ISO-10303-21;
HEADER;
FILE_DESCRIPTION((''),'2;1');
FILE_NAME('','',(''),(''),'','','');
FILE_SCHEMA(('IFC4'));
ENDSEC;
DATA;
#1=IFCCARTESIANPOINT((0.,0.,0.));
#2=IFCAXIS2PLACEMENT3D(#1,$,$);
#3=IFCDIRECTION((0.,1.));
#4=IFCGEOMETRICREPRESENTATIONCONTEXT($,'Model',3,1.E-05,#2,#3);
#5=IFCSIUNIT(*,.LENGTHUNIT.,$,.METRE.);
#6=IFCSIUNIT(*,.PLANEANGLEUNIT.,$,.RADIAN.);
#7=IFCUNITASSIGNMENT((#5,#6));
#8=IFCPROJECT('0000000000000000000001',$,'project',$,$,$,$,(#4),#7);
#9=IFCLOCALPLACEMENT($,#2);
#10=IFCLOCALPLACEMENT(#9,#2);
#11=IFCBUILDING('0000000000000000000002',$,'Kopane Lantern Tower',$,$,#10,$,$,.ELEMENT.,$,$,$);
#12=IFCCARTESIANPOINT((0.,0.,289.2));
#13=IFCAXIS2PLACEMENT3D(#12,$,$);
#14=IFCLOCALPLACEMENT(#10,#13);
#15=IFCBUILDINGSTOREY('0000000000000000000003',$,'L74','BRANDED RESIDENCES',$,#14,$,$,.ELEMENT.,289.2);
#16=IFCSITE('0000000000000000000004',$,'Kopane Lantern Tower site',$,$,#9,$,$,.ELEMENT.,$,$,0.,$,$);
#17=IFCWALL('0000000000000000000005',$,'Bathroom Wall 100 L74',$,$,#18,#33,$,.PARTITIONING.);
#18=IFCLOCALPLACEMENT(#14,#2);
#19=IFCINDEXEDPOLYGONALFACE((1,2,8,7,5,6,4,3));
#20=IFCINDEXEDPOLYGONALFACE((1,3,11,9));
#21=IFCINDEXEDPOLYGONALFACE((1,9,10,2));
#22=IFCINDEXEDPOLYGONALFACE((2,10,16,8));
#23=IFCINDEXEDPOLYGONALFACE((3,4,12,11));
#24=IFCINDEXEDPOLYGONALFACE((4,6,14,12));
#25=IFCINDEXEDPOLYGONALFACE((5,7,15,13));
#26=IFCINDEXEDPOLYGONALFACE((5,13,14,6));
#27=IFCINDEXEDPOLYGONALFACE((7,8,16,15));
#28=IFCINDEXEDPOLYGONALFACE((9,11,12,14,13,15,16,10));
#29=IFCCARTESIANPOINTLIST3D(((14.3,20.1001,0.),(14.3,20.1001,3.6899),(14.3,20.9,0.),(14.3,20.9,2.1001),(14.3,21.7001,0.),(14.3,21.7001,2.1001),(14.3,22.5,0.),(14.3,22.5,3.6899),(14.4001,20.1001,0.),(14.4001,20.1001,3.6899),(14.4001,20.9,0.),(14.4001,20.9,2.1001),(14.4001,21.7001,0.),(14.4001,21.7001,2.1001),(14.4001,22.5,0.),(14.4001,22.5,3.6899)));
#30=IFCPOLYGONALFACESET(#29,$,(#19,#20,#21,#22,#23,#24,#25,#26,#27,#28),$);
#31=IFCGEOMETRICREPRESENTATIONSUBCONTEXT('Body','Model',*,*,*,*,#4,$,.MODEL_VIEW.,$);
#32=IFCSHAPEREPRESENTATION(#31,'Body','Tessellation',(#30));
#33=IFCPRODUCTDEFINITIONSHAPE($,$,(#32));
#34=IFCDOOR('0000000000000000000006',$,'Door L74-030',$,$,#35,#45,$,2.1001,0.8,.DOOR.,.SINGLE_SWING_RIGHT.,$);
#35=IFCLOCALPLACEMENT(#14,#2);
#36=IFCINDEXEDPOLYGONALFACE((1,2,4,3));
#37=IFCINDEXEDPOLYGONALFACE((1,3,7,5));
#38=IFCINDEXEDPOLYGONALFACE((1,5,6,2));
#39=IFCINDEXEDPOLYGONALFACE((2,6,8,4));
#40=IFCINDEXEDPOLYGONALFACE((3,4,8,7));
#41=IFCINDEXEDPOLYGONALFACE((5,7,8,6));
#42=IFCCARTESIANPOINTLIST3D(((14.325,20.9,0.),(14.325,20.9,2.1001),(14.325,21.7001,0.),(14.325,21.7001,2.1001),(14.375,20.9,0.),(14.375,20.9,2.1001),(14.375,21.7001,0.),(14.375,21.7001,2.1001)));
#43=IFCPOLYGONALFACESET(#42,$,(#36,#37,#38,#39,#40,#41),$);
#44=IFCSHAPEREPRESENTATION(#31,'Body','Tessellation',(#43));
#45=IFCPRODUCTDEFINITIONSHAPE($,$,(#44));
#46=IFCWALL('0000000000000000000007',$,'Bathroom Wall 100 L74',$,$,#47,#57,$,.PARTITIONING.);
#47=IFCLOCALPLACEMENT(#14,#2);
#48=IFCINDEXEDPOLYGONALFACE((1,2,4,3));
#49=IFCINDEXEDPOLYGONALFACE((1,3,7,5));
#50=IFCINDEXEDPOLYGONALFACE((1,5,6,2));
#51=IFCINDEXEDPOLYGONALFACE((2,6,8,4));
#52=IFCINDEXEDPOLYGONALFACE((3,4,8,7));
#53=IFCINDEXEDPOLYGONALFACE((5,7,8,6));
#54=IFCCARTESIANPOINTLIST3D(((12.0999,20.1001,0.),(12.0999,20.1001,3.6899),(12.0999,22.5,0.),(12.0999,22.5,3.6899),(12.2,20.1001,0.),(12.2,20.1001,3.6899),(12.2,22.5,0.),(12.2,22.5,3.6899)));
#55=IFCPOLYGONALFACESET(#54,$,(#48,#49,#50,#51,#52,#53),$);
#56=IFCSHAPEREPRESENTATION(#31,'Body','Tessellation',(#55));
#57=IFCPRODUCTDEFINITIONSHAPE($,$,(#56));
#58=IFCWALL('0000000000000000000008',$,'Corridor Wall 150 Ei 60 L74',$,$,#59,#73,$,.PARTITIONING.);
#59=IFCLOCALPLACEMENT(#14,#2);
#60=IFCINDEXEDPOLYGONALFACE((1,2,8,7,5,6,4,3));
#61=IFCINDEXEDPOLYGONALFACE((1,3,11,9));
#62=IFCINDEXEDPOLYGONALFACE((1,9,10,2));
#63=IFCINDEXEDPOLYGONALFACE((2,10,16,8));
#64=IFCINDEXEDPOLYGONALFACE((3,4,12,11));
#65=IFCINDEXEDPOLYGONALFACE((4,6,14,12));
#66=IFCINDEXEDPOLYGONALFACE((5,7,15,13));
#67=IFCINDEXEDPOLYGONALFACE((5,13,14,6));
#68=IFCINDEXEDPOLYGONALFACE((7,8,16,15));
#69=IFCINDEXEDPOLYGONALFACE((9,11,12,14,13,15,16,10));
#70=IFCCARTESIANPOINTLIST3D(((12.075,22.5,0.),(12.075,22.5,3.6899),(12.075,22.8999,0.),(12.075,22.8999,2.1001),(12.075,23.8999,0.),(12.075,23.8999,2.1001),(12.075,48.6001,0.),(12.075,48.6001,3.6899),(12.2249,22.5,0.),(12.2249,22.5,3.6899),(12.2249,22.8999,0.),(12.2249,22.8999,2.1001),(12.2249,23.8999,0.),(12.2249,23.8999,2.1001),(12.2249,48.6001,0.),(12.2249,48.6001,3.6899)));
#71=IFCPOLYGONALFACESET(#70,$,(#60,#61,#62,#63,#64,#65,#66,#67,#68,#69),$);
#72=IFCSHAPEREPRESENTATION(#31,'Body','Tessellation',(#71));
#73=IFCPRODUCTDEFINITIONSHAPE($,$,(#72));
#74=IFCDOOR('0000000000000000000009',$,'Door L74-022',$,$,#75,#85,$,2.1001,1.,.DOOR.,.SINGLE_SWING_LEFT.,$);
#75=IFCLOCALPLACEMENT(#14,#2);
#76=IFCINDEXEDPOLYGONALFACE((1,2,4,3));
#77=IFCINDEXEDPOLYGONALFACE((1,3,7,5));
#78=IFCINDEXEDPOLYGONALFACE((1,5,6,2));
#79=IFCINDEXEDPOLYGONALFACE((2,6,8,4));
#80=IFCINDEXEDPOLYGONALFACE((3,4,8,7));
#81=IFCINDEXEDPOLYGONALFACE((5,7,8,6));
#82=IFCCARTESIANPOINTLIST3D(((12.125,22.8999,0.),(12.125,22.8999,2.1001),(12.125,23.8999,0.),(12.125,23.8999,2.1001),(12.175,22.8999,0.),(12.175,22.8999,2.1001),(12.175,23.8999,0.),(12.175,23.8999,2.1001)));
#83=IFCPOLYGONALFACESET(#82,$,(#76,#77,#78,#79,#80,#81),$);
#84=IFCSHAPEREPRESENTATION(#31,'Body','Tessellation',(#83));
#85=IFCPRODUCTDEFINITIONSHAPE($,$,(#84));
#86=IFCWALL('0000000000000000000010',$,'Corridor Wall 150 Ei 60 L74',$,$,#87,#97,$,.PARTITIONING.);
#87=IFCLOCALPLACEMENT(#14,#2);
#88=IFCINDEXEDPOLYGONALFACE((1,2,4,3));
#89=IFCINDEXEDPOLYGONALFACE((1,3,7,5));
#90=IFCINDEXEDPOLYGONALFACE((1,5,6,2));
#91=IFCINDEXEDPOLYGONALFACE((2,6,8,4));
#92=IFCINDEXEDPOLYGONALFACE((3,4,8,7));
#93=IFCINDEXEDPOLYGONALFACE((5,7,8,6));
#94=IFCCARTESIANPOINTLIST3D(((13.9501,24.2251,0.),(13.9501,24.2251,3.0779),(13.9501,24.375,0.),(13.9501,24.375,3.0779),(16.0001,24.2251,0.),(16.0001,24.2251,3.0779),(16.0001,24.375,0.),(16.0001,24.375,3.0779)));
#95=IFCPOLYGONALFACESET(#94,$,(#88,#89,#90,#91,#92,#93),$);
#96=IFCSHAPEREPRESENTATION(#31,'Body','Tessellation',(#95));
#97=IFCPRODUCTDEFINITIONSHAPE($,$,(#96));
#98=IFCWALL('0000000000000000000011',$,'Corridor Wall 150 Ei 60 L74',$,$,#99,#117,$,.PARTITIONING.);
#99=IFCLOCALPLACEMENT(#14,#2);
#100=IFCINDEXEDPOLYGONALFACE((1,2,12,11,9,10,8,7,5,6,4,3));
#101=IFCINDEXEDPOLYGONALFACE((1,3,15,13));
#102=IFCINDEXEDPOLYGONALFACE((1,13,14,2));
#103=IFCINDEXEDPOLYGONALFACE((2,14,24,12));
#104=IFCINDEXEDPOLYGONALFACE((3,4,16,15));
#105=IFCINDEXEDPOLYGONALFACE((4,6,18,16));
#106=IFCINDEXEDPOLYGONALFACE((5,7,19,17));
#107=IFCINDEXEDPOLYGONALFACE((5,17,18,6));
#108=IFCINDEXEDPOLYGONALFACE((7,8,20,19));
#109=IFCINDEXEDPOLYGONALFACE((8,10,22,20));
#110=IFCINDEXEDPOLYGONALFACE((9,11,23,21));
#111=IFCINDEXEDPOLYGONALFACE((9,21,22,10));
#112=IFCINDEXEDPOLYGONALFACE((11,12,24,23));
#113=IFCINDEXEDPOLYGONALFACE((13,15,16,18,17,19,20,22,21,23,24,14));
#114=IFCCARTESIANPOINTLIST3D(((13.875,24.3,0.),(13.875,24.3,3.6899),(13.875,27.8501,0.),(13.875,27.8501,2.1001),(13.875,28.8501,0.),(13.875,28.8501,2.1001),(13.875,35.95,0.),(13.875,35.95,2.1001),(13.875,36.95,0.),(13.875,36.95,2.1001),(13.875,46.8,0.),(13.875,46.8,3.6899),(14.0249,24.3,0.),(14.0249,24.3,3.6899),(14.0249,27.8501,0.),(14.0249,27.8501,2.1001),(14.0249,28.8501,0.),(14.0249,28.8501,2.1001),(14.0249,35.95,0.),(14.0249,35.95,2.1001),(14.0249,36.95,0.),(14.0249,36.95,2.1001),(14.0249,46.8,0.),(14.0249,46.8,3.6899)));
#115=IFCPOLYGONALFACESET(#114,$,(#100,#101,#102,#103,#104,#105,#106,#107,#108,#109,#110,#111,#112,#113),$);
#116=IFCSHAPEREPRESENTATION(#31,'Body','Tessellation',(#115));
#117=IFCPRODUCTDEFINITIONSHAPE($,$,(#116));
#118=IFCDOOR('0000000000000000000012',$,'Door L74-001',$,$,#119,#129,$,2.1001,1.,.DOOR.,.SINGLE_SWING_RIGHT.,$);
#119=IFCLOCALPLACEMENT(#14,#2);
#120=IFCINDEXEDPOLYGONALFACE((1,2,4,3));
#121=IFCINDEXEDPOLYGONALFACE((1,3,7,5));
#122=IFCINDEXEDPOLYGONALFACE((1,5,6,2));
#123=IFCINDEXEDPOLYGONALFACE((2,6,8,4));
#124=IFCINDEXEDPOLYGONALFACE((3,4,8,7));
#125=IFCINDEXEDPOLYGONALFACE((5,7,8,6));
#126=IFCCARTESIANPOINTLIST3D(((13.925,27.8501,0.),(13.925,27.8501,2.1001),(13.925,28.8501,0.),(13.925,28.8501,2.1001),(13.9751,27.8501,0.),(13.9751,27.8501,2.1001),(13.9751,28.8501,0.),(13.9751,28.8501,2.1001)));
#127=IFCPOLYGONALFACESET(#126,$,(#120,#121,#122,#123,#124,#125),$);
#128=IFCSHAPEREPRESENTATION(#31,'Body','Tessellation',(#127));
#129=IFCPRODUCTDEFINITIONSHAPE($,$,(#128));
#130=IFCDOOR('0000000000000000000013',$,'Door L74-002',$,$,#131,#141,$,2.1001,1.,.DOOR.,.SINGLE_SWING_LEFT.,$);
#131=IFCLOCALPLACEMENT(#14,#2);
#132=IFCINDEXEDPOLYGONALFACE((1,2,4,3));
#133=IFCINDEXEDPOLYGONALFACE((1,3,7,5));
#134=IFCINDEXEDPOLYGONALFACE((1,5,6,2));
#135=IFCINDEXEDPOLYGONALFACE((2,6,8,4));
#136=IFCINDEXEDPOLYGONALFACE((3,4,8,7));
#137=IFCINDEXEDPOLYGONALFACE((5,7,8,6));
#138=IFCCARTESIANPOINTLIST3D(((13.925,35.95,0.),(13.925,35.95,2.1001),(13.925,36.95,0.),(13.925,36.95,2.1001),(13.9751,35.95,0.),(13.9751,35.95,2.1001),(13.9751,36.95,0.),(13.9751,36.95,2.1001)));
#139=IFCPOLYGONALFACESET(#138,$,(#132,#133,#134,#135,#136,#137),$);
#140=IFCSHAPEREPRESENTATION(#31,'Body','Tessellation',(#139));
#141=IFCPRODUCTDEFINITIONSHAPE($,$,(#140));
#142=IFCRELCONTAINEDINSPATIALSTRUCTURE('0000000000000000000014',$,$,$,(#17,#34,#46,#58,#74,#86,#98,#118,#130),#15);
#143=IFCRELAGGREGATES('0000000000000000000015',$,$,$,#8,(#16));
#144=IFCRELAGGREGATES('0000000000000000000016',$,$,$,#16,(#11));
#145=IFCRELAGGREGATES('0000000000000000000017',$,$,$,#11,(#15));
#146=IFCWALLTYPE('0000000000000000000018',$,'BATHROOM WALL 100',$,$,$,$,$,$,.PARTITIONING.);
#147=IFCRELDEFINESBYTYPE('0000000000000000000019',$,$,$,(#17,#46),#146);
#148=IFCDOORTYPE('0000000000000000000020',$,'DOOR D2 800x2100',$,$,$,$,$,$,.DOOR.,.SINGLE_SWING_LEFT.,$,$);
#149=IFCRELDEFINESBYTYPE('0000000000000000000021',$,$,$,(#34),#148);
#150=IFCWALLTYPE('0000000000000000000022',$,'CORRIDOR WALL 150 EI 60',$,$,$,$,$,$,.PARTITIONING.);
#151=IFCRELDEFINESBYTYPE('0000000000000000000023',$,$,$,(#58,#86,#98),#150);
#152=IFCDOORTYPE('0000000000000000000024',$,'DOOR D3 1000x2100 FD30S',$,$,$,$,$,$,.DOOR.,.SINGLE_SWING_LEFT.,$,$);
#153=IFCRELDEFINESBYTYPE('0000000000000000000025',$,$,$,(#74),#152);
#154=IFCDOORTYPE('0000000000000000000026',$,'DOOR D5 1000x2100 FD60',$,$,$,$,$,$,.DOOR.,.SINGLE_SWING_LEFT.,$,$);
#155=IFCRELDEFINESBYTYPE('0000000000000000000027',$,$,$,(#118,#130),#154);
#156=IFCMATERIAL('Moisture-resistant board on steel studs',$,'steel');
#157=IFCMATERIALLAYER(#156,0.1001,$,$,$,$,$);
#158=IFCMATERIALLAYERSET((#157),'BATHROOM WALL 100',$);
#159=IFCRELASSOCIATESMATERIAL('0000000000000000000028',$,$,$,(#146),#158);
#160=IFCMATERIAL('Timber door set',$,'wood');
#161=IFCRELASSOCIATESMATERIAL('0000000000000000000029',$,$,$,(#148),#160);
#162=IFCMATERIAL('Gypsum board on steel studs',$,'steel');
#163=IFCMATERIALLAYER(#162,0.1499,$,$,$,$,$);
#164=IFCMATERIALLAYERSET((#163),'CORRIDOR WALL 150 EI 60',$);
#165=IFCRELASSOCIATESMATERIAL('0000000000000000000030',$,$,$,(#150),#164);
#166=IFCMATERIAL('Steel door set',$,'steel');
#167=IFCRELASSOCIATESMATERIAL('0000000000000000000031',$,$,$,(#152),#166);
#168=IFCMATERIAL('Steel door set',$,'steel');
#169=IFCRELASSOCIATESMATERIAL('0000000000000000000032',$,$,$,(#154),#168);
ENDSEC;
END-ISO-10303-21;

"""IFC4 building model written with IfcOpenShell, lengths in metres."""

from ifc_helpers import new_model, si_unit, direction, frame, frame_2d, origin, place, context, subcontext, project, spatial, rectangle, extrude, material, layer, layer_set, type_object, element, fill, save


model = new_model("IFC4")

# Units and contexts
model_context = context("Model", 3, precision=1e-05, world=origin(), true_north=direction((0.0, 1.0)))
body_context = subcontext(model_context, "Body", "Model", "MODEL_VIEW")
ifc_project = project(units=[si_unit("LENGTHUNIT", "METRE"), si_unit("PLANEANGLEUNIT", "RADIAN")], contexts=[model_context])

# Site, building, storey
site_placement = place(None, origin())
site = spatial("IfcSite", under=ifc_project, at=site_placement, Name="Kopane Lantern Tower site", CompositionType="ELEMENT", RefElevation=0.0)
building_placement = place(site_placement, origin())
building = spatial("IfcBuilding", under=site, at=building_placement, Name="Kopane Lantern Tower", CompositionType="ELEMENT")
storey_placement = place(building_placement, frame((0.0, 0.0, 289.2)))
storey = spatial("IfcBuildingStorey", under=building, at=storey_placement, Name="L74", Description="BRANDED RESIDENCES", CompositionType="ELEMENT", Elevation=289.2)

# Wall, opening, door
ifc_material_1 = material(Name="Moisture-resistant board on steel studs", Category="steel")
ifc_layer_1 = layer(ifc_material_1, 0.1001)
ifc_layer_set_1 = layer_set([ifc_layer_1], Name="BATHROOM WALL 100")
wall_type_1 = type_object("IfcWallType", Name="BATHROOM WALL 100", PredefinedType="PARTITIONING", material=ifc_layer_set_1)
wall_1_placement = place(storey_placement, frame((14.3501, 22.5, 0.0), z_axis=(0.0, 0.0, 1.0), x_axis=(0.0, -1.0, 0.0)))
wall_1 = element("IfcWall", 1, at=wall_1_placement, inside=storey, type_object=wall_type_1, Name="Bathroom Wall 100 L74", PredefinedType="PARTITIONING", context=body_context, shape_type="SweptSolid", body=[
    extrude(rectangle(XDim=2.3999, YDim=0.1001, at=frame_2d((1.2, 0.0))), origin(), (0.0, 0.0, 1.0), 3.6899),
])
opening_1_placement = place(wall_1_placement, frame((0.8, 0.0, 0.0)))
opening_1 = element("IfcOpeningElement", 2, at=opening_1_placement, cuts=wall_1, PredefinedType="OPENING", context=body_context, shape_type="SweptSolid", body=[
    extrude(rectangle(XDim=0.8, YDim=2.1001, at=frame_2d((0.3999, 1.05))), frame((0.0, 0.0601, 0.0), z_axis=(0.0, -1.0, 0.0), x_axis=(1.0, 0.0, 0.0)), (0.0, 0.0, 1.0), 0.1201),
])
ifc_material_2 = material(Name="Timber door set", Category="wood")
door_type_1 = type_object("IfcDoorType", Name="DOOR D2 800x2100", OperationType="SINGLE_SWING_LEFT", PredefinedType="DOOR", material=ifc_material_2)
door_1_placement = place(opening_1_placement, origin())
door_1 = element("IfcDoor", 3, at=door_1_placement, inside=storey, type_object=door_type_1, Name="Door L74-030", OperationType="SINGLE_SWING_RIGHT", OverallHeight=2.1001, OverallWidth=0.8, PredefinedType="DOOR", context=body_context, shape_type="SweptSolid", body=[
    extrude(rectangle(XDim=0.8, YDim=2.1001, at=frame_2d((0.3999, 1.05))), frame((0.0, 0.0249, 0.0), z_axis=(0.0, -1.0, 0.0), x_axis=(1.0, 0.0, 0.0)), (0.0, 0.0, 1.0), 0.05),
])
fill(opening_1, door_1)

# Wall
wall_2_placement = place(storey_placement, frame((12.1499, 22.5, 0.0), z_axis=(0.0, 0.0, 1.0), x_axis=(0.0, -1.0, 0.0)))
element("IfcWall", 4, at=wall_2_placement, inside=storey, type_object=wall_type_1, Name="Bathroom Wall 100 L74", PredefinedType="PARTITIONING", context=body_context, shape_type="SweptSolid", body=[
    extrude(rectangle(XDim=2.3999, YDim=0.1001, at=frame_2d((1.2, 0.0))), origin(), (0.0, 0.0, 1.0), 3.6899),
])

# Wall, opening, door
ifc_material_3 = material(Name="Gypsum board on steel studs", Category="steel")
ifc_layer_2 = layer(ifc_material_3, 0.1499)
ifc_layer_set_2 = layer_set([ifc_layer_2], Name="CORRIDOR WALL 150 EI 60")
wall_type_2 = type_object("IfcWallType", Name="CORRIDOR WALL 150 EI 60", PredefinedType="PARTITIONING", material=ifc_layer_set_2)
wall_3_placement = place(storey_placement, frame((12.1499, 22.5, 0.0), z_axis=(0.0, 0.0, 1.0), x_axis=(0.0, 1.0, 0.0)))
wall_3 = element("IfcWall", 5, at=wall_3_placement, inside=storey, type_object=wall_type_2, Name="Corridor Wall 150 Ei 60 L74", PredefinedType="PARTITIONING", context=body_context, shape_type="SweptSolid", body=[
    extrude(rectangle(XDim=26.1001, YDim=0.1499, at=frame_2d((13.05, 0.0))), origin(), (0.0, 0.0, 1.0), 3.6899),
])
opening_2_placement = place(wall_3_placement, frame((0.3999, 0.0, 0.0)))
opening_2 = element("IfcOpeningElement", 6, at=opening_2_placement, cuts=wall_3, PredefinedType="OPENING", context=body_context, shape_type="SweptSolid", body=[
    extrude(rectangle(XDim=1.0, YDim=2.1001, at=frame_2d((0.5, 1.05))), frame((0.0, 0.085, 0.0), z_axis=(0.0, -1.0, 0.0), x_axis=(1.0, 0.0, 0.0)), (0.0, 0.0, 1.0), 0.1699),
])
ifc_material_4 = material(Name="Steel door set", Category="steel")
door_type_2 = type_object("IfcDoorType", Name="DOOR D3 1000x2100 FD30S", OperationType="SINGLE_SWING_LEFT", PredefinedType="DOOR", material=ifc_material_4)
door_2_placement = place(opening_2_placement, origin())
door_2 = element("IfcDoor", 7, at=door_2_placement, inside=storey, type_object=door_type_2, Name="Door L74-022", OperationType="SINGLE_SWING_LEFT", OverallHeight=2.1001, OverallWidth=1.0, PredefinedType="DOOR", context=body_context, shape_type="SweptSolid", body=[
    extrude(rectangle(XDim=1.0, YDim=2.1001, at=frame_2d((0.5, 1.05))), frame((0.0, 0.0249, 0.0), z_axis=(0.0, -1.0, 0.0), x_axis=(1.0, 0.0, 0.0)), (0.0, 0.0, 1.0), 0.05),
])
fill(opening_2, door_2)

# Wall
wall_4_placement = place(storey_placement, frame((16.0, 24.3, 0.0), z_axis=(0.0, 0.0, 1.0), x_axis=(-1.0, 0.0, 0.0)))
element("IfcWall", 8, at=wall_4_placement, inside=storey, type_object=wall_type_2, Name="Corridor Wall 150 Ei 60 L74", PredefinedType="PARTITIONING", context=body_context, shape_type="SweptSolid", body=[
    extrude(rectangle(XDim=2.05, YDim=0.1499, at=frame_2d((1.0249, 0.0))), origin(), (0.0, 0.0, 1.0), 3.0779),
])

# Wall, openings, doors
wall_5_placement = place(storey_placement, frame((13.95, 24.3, 0.0), z_axis=(0.0, 0.0, 1.0), x_axis=(0.0, 1.0, 0.0)))
wall_5 = element("IfcWall", 9, at=wall_5_placement, inside=storey, type_object=wall_type_2, Name="Corridor Wall 150 Ei 60 L74", PredefinedType="PARTITIONING", context=body_context, shape_type="SweptSolid", body=[
    extrude(rectangle(XDim=22.5, YDim=0.1499, at=frame_2d((11.25, 0.0))), origin(), (0.0, 0.0, 1.0), 3.6899),
])
opening_3_placement = place(wall_5_placement, frame((3.55, 0.0, 0.0)))
opening_3 = element("IfcOpeningElement", 10, at=opening_3_placement, cuts=wall_5, PredefinedType="OPENING", context=body_context, shape_type="SweptSolid", body=[
    extrude(rectangle(XDim=1.0, YDim=2.1001, at=frame_2d((0.5, 1.05))), frame((0.0, 0.085, 0.0), z_axis=(0.0, -1.0, 0.0), x_axis=(1.0, 0.0, 0.0)), (0.0, 0.0, 1.0), 0.1699),
])
opening_4_placement = place(wall_5_placement, frame((11.6499, 0.0, 0.0)))
opening_4 = element("IfcOpeningElement", 11, at=opening_4_placement, cuts=wall_5, PredefinedType="OPENING", context=body_context, shape_type="SweptSolid", body=[
    extrude(rectangle(XDim=1.0, YDim=2.1001, at=frame_2d((0.5, 1.05))), frame((0.0, 0.085, 0.0), z_axis=(0.0, -1.0, 0.0), x_axis=(1.0, 0.0, 0.0)), (0.0, 0.0, 1.0), 0.1699),
])
ifc_material_5 = material(Name="Steel door set", Category="steel")
door_type_3 = type_object("IfcDoorType", Name="DOOR D5 1000x2100 FD60", OperationType="SINGLE_SWING_LEFT", PredefinedType="DOOR", material=ifc_material_5)
door_3_placement = place(opening_3_placement, origin())
door_3 = element("IfcDoor", 12, at=door_3_placement, inside=storey, type_object=door_type_3, Name="Door L74-001", OperationType="SINGLE_SWING_RIGHT", OverallHeight=2.1001, OverallWidth=1.0, PredefinedType="DOOR", context=body_context, shape_type="SweptSolid", body=[
    extrude(rectangle(XDim=1.0, YDim=2.1001, at=frame_2d((0.5, 1.05))), frame((0.0, 0.0249, 0.0), z_axis=(0.0, -1.0, 0.0), x_axis=(1.0, 0.0, 0.0)), (0.0, 0.0, 1.0), 0.05),
])
fill(opening_3, door_3)
door_4_placement = place(opening_4_placement, origin())
door_4 = element("IfcDoor", 13, at=door_4_placement, inside=storey, type_object=door_type_3, Name="Door L74-002", OperationType="SINGLE_SWING_LEFT", OverallHeight=2.1001, OverallWidth=1.0, PredefinedType="DOOR", context=body_context, shape_type="SweptSolid", body=[
    extrude(rectangle(XDim=1.0, YDim=2.1001, at=frame_2d((0.5, 1.05))), frame((0.0, 0.0249, 0.0), z_axis=(0.0, -1.0, 0.0), x_axis=(1.0, 0.0, 0.0)), (0.0, 0.0, 1.0), 0.05),
])
fill(opening_4, door_4)

save(model, "model.ifc")
